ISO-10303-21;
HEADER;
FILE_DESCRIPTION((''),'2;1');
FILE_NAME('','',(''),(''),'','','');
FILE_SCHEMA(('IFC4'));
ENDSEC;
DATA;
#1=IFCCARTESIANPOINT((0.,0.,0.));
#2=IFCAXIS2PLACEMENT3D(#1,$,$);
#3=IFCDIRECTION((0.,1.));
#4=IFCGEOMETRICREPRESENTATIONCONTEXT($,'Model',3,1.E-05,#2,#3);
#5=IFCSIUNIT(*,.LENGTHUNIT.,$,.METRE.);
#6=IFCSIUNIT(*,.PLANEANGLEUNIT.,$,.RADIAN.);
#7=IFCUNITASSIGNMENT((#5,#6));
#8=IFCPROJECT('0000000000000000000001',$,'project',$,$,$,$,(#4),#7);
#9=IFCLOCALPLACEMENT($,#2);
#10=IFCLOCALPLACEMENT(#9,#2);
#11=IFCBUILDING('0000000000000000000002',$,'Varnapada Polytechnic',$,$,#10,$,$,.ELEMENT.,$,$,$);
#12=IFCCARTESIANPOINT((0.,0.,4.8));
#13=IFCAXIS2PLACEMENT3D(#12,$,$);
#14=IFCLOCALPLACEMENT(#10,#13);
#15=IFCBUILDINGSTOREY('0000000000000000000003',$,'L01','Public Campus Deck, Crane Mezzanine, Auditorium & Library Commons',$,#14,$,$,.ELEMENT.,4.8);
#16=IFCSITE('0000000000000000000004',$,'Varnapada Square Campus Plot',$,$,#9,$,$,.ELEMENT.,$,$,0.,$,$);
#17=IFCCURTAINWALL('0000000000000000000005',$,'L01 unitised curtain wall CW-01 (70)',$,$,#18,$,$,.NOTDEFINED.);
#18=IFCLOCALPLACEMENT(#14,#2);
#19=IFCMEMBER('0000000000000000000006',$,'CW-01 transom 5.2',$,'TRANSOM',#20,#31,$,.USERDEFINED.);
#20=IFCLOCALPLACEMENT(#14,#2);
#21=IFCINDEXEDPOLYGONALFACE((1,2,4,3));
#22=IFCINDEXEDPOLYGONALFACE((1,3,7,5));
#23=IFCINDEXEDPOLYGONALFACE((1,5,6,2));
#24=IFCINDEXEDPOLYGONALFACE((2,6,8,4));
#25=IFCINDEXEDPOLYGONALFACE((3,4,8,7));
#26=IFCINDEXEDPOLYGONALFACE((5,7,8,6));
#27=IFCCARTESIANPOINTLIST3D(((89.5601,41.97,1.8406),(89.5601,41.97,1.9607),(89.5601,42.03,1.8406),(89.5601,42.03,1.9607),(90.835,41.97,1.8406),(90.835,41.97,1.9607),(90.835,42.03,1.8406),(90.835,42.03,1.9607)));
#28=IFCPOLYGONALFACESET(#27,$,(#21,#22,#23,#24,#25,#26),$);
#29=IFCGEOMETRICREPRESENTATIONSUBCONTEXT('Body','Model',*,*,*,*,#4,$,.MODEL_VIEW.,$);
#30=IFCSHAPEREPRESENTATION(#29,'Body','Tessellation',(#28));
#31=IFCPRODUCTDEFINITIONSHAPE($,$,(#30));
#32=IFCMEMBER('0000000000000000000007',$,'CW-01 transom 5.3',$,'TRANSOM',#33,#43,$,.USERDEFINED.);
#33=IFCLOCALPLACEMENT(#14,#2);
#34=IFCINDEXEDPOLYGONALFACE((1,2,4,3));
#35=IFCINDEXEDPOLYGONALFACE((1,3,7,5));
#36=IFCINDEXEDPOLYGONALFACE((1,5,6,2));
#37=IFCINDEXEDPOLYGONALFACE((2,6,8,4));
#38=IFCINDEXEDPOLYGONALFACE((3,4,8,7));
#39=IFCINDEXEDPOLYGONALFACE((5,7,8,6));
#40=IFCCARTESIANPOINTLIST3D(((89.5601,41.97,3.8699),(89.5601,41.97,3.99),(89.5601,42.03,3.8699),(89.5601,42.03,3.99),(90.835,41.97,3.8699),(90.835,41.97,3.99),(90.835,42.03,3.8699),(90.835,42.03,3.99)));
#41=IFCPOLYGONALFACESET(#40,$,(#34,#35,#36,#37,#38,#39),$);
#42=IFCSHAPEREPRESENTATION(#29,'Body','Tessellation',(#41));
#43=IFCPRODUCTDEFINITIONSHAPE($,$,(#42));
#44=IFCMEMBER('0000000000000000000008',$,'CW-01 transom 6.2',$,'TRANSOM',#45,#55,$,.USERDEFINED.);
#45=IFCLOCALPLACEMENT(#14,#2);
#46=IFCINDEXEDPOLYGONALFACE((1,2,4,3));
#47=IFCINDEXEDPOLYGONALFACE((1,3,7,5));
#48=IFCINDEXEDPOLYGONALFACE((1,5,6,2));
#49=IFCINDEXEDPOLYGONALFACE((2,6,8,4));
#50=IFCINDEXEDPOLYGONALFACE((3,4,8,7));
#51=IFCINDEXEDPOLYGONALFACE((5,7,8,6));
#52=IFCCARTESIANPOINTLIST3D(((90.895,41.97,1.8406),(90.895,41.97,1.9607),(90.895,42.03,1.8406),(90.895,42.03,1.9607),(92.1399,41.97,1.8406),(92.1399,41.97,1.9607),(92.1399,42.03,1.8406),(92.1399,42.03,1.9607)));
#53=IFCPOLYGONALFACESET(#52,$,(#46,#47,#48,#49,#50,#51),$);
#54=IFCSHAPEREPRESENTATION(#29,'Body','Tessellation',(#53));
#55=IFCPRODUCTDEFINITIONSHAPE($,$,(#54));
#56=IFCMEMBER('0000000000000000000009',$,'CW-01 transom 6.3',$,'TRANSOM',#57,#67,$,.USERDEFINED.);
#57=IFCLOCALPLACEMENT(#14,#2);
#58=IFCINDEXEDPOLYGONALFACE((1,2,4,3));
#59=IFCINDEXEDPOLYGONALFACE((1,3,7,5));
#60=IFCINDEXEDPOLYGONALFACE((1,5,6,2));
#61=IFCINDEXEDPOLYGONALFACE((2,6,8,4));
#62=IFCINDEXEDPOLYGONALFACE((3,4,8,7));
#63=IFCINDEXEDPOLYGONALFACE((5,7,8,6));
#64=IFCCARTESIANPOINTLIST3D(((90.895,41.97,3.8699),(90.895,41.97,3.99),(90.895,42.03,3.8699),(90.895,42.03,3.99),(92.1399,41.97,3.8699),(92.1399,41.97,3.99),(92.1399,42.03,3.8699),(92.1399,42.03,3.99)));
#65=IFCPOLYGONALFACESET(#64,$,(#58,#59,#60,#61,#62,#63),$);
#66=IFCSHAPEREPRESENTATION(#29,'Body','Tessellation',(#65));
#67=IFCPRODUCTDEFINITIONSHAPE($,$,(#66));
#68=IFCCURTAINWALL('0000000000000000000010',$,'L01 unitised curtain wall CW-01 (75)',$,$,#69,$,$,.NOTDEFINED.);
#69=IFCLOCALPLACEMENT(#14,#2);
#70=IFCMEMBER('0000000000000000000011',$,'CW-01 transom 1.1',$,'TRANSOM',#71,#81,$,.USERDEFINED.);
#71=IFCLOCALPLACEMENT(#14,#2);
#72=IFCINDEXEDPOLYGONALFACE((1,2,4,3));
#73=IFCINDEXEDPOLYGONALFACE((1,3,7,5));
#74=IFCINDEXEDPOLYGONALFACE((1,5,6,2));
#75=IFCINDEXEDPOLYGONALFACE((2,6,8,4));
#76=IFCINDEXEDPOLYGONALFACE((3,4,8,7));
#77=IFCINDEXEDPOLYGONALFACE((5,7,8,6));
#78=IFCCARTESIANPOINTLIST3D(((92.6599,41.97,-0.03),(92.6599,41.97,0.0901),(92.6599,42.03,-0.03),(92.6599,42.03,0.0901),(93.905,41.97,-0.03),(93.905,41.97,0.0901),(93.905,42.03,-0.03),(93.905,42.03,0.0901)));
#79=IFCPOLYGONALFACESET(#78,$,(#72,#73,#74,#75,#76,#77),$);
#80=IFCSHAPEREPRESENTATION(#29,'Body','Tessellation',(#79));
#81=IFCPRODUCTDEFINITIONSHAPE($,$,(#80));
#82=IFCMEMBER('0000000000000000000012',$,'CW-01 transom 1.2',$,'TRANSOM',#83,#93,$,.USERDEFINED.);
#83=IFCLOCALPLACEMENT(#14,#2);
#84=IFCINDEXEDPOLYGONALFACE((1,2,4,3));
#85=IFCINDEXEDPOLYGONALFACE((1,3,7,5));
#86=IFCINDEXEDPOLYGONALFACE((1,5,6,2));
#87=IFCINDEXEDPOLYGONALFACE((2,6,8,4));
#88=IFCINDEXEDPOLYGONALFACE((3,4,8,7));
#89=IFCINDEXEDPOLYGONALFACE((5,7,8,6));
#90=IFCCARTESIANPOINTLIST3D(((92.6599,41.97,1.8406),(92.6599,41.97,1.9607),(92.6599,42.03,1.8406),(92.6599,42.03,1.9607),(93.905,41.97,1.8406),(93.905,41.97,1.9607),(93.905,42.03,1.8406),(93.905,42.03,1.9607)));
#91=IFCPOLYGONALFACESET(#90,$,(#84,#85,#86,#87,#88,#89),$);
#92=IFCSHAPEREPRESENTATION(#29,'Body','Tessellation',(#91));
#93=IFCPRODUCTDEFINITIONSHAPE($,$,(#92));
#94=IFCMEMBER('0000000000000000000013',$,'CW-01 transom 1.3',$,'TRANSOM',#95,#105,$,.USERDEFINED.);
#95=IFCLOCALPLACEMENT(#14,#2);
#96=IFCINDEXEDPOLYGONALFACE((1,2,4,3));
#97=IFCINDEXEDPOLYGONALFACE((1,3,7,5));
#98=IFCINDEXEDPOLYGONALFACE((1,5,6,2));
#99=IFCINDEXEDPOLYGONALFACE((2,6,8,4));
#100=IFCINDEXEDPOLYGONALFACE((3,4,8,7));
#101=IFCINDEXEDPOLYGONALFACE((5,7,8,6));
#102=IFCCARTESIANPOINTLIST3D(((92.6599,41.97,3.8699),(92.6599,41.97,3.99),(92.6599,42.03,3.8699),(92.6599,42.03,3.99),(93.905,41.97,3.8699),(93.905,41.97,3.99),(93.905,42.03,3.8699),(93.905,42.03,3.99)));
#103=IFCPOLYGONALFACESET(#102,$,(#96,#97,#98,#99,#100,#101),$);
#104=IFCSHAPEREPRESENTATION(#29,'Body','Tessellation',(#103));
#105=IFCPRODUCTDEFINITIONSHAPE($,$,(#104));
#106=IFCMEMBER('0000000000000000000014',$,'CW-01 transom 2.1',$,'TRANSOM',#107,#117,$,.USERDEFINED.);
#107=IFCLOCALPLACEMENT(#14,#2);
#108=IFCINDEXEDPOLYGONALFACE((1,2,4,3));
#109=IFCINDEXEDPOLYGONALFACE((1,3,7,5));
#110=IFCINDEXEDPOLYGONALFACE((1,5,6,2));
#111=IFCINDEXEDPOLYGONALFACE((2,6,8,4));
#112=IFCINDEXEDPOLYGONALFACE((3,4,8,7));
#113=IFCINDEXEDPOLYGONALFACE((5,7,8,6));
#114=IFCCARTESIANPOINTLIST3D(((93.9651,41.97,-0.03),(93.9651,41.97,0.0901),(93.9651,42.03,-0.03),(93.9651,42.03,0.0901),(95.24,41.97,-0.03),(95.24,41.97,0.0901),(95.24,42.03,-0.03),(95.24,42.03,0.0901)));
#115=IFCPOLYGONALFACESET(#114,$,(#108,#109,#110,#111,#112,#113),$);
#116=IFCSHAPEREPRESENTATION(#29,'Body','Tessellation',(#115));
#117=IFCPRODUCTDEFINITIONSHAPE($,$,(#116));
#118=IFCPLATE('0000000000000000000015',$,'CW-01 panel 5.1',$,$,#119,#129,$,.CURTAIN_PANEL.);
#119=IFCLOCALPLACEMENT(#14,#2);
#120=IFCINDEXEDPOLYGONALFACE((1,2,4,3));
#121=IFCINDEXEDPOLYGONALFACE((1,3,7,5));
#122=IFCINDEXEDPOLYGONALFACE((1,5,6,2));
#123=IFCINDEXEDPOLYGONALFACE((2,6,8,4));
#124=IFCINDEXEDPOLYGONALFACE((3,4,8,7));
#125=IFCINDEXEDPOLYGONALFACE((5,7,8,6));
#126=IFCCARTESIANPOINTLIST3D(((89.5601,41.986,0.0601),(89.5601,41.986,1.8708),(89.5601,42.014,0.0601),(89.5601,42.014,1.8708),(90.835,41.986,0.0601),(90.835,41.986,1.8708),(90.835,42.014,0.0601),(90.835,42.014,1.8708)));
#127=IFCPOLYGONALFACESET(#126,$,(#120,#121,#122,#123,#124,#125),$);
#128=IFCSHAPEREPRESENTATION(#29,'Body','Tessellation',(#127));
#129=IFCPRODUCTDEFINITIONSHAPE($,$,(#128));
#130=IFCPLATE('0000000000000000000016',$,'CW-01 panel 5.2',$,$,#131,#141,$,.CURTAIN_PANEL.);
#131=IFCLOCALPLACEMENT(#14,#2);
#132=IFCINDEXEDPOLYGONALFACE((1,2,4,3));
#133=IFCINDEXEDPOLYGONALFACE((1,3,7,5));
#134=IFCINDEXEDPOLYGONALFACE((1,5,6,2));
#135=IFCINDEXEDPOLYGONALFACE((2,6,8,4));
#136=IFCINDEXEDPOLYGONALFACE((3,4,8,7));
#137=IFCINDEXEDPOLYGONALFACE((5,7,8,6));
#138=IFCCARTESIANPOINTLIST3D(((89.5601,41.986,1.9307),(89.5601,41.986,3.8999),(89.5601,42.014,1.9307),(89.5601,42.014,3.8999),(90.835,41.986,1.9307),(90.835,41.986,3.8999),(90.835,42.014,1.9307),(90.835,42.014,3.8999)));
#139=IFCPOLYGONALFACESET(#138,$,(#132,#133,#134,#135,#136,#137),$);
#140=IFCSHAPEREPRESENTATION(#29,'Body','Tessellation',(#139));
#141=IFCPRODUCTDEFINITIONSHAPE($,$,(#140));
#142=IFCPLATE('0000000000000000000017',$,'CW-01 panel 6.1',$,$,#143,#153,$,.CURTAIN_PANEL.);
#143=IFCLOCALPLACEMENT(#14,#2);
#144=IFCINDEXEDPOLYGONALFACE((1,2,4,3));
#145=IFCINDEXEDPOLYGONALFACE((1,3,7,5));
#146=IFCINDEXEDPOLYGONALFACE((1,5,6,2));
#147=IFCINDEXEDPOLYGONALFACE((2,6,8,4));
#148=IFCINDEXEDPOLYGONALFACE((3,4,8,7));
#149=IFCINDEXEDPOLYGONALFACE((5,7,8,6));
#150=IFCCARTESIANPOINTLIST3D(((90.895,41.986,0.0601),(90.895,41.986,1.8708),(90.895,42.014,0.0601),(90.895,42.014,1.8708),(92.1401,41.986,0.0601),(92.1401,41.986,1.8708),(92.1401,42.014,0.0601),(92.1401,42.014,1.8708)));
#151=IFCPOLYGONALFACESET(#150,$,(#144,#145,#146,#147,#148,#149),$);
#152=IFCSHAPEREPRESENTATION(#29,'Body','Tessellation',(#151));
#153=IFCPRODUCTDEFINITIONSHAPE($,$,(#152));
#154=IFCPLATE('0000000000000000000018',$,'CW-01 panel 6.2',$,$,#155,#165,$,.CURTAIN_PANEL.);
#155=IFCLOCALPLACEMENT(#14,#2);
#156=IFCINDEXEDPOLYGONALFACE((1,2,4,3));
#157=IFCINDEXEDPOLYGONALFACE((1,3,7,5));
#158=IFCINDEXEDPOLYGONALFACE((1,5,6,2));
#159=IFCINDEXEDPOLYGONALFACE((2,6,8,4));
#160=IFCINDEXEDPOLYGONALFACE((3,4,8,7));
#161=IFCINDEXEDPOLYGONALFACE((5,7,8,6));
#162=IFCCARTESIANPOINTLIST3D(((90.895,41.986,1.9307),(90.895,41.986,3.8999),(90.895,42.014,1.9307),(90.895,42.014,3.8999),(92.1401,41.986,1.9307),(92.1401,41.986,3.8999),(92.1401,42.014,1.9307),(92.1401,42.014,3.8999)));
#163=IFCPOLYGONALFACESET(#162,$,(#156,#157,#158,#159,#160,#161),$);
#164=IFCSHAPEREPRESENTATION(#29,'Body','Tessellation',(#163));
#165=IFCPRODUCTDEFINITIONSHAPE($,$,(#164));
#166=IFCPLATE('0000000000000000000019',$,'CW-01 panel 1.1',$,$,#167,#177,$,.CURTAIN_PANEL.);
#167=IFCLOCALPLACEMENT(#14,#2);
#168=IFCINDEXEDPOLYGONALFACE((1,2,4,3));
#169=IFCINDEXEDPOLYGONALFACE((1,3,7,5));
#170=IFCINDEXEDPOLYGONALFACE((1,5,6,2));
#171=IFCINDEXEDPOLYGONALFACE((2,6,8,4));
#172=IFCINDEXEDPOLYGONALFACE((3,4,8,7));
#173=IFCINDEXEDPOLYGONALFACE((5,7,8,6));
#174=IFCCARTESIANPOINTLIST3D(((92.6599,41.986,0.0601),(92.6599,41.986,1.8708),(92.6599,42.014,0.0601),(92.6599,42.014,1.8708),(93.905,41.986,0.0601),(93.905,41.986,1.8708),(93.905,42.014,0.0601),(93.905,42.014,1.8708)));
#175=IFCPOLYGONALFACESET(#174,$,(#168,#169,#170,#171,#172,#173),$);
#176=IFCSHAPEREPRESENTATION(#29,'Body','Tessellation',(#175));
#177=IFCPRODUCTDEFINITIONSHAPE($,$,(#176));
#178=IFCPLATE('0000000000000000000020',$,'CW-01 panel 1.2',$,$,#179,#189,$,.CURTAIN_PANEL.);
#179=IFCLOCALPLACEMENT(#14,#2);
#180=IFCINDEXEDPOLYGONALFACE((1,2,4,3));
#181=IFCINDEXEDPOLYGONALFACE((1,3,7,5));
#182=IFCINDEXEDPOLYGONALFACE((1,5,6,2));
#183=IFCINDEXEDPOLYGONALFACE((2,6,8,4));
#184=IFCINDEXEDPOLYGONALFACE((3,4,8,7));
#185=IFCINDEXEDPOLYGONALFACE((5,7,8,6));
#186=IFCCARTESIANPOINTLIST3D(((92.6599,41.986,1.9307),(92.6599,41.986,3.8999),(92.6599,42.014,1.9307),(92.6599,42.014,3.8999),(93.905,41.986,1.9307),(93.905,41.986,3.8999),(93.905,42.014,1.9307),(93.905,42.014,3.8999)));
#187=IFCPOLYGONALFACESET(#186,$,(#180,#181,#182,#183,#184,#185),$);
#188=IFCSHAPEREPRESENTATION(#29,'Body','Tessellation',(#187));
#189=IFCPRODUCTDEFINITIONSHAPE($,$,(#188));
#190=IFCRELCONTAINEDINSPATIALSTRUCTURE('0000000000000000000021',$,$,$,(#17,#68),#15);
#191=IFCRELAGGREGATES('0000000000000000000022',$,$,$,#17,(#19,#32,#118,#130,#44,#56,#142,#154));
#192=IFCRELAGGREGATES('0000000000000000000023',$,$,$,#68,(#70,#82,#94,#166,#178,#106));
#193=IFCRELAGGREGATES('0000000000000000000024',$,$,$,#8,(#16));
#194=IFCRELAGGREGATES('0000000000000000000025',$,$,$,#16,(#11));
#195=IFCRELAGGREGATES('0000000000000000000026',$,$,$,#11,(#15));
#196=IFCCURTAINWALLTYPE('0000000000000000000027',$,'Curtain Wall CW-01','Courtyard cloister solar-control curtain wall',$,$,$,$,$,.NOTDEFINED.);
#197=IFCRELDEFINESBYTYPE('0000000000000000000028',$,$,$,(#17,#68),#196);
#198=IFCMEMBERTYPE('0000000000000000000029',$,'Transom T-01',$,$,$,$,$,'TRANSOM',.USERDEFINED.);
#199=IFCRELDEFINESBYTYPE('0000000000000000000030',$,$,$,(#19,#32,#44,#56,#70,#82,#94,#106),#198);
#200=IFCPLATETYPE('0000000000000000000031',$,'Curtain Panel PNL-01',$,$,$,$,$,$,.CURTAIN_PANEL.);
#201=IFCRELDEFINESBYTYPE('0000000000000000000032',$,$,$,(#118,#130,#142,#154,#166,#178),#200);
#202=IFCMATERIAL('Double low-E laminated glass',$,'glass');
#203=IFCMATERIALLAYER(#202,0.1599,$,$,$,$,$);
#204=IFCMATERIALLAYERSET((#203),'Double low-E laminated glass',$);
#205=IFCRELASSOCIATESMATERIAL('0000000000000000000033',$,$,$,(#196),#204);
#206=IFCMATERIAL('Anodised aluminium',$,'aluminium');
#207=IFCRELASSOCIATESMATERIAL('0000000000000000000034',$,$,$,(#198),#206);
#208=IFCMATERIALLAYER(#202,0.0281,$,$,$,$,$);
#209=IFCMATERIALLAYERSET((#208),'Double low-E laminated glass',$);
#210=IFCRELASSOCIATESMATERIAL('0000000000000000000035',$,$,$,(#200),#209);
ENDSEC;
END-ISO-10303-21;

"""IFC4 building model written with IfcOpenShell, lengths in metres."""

from ifc_helpers import new_model, si_unit, direction, frame, origin, origin_2d, place, context, subcontext, project, spatial, rectangle, extrude, material, layer, layer_set, material_profile, profile_set, type_object, element, aggregate, save


model = new_model("IFC4")

# Units and contexts
model_context = context("Model", 3, precision=1e-05, world=origin(), true_north=direction((0.0, 1.0)))
body_context = subcontext(model_context, "Body", "Model", "MODEL_VIEW")
ifc_project = project(units=[si_unit("LENGTHUNIT", "METRE"), si_unit("PLANEANGLEUNIT", "RADIAN")], contexts=[model_context])

# Site, building, storey
site_placement = place(None, origin())
site = spatial("IfcSite", under=ifc_project, at=site_placement, Name="Varnapada Square Campus Plot", CompositionType="ELEMENT", RefElevation=0.0)
building_placement = place(site_placement, origin())
building = spatial("IfcBuilding", under=site, at=building_placement, Name="Varnapada Polytechnic", CompositionType="ELEMENT")
storey_placement = place(building_placement, frame((0.0, 0.0, 4.8)))
storey = spatial("IfcBuildingStorey", under=building, at=storey_placement, Name="L01", Description="Public Campus Deck, Crane Mezzanine, Auditorium & Library Commons", CompositionType="ELEMENT", Elevation=4.8)

# Curtain walls, members
ifc_material_1 = material(Name="Double low-E laminated glass", Category="glass")
ifc_layer_1 = layer(ifc_material_1, 0.1599)
ifc_layer_set_1 = layer_set([ifc_layer_1], Name="Double low-E laminated glass")
curtain_wall_type = type_object("IfcCurtainWallType", Name="Curtain Wall CW-01", Description="Courtyard cloister solar-control curtain wall", PredefinedType="NOTDEFINED", material=ifc_layer_set_1)
curtain_wall_1_placement = place(storey_placement, origin())
curtain_wall_1 = element("IfcCurtainWall", 1, at=curtain_wall_1_placement, inside=storey, type_object=curtain_wall_type, Name="L01 unitised curtain wall CW-01 (70)", PredefinedType="NOTDEFINED")
ifc_material_2 = material(Name="Anodised aluminium", Category="aluminium")
ifc_material_profile = material_profile(ifc_material_2, rectangle(XDim=0.0601, YDim=0.1201, at=origin_2d()), Name="ALU T60x120")
ifc_profile_set = profile_set([ifc_material_profile], Name="Anodised aluminium")
member_type = type_object("IfcMemberType", Name="Transom T-01", ElementType="TRANSOM", PredefinedType="USERDEFINED", material=ifc_profile_set)
member_1_placement = place(storey_placement, frame((89.5601, 42.0, 1.9006), z_axis=(1.0, 0.0, 0.0), x_axis=(0.0, 1.0, 0.0)))
member_1 = element("IfcMember", 2, at=member_1_placement, type_object=member_type, Name="CW-01 transom 5.2", ObjectType="TRANSOM", PredefinedType="USERDEFINED", context=body_context, shape_type="SweptSolid", body=[
    extrude(rectangle(XDim=0.0601, YDim=0.1201, at=origin_2d()), origin(), (0.0, 0.0, 1.0), 1.2749),
])
member_2_placement = place(storey_placement, frame((89.5601, 42.0, 3.9299), z_axis=(1.0, 0.0, 0.0), x_axis=(0.0, 1.0, 0.0)))
member_2 = element("IfcMember", 3, at=member_2_placement, type_object=member_type, Name="CW-01 transom 5.3", ObjectType="TRANSOM", PredefinedType="USERDEFINED", context=body_context, shape_type="SweptSolid", body=[
    extrude(rectangle(XDim=0.0601, YDim=0.1201, at=origin_2d()), origin(), (0.0, 0.0, 1.0), 1.2749),
])
member_3_placement = place(storey_placement, frame((90.895, 42.0, 1.9006), z_axis=(1.0, 0.0, 0.0), x_axis=(0.0, 1.0, 0.0)))
member_3 = element("IfcMember", 4, at=member_3_placement, type_object=member_type, Name="CW-01 transom 6.2", ObjectType="TRANSOM", PredefinedType="USERDEFINED", context=body_context, shape_type="SweptSolid", body=[
    extrude(rectangle(XDim=0.0601, YDim=0.1201, at=origin_2d()), origin(), (0.0, 0.0, 1.0), 1.2449),
])
member_4_placement = place(storey_placement, frame((90.895, 42.0, 3.9299), z_axis=(1.0, 0.0, 0.0), x_axis=(0.0, 1.0, 0.0)))
member_4 = element("IfcMember", 5, at=member_4_placement, type_object=member_type, Name="CW-01 transom 6.3", ObjectType="TRANSOM", PredefinedType="USERDEFINED", context=body_context, shape_type="SweptSolid", body=[
    extrude(rectangle(XDim=0.0601, YDim=0.1201, at=origin_2d()), origin(), (0.0, 0.0, 1.0), 1.2449),
])
curtain_wall_2_placement = place(storey_placement, origin())
curtain_wall_2 = element("IfcCurtainWall", 6, at=curtain_wall_2_placement, inside=storey, type_object=curtain_wall_type, Name="L01 unitised curtain wall CW-01 (75)", PredefinedType="NOTDEFINED")
member_5_placement = place(storey_placement, frame((92.6599, 42.0, 0.03), z_axis=(1.0, 0.0, 0.0), x_axis=(0.0, 1.0, 0.0)))
member_5 = element("IfcMember", 7, at=member_5_placement, type_object=member_type, Name="CW-01 transom 1.1", ObjectType="TRANSOM", PredefinedType="USERDEFINED", context=body_context, shape_type="SweptSolid", body=[
    extrude(rectangle(XDim=0.0601, YDim=0.1201, at=origin_2d()), origin(), (0.0, 0.0, 1.0), 1.2451),
])
member_6_placement = place(storey_placement, frame((92.6599, 42.0, 1.9006), z_axis=(1.0, 0.0, 0.0), x_axis=(0.0, 1.0, 0.0)))
member_6 = element("IfcMember", 8, at=member_6_placement, type_object=member_type, Name="CW-01 transom 1.2", ObjectType="TRANSOM", PredefinedType="USERDEFINED", context=body_context, shape_type="SweptSolid", body=[
    extrude(rectangle(XDim=0.0601, YDim=0.1201, at=origin_2d()), origin(), (0.0, 0.0, 1.0), 1.2451),
])
member_7_placement = place(storey_placement, frame((92.6599, 42.0, 3.9299), z_axis=(1.0, 0.0, 0.0), x_axis=(0.0, 1.0, 0.0)))
member_7 = element("IfcMember", 9, at=member_7_placement, type_object=member_type, Name="CW-01 transom 1.3", ObjectType="TRANSOM", PredefinedType="USERDEFINED", context=body_context, shape_type="SweptSolid", body=[
    extrude(rectangle(XDim=0.0601, YDim=0.1201, at=origin_2d()), origin(), (0.0, 0.0, 1.0), 1.2451),
])
member_8_placement = place(storey_placement, frame((93.9651, 42.0, 0.03), z_axis=(1.0, 0.0, 0.0), x_axis=(0.0, 1.0, 0.0)))
member_8 = element("IfcMember", 10, at=member_8_placement, type_object=member_type, Name="CW-01 transom 2.1", ObjectType="TRANSOM", PredefinedType="USERDEFINED", context=body_context, shape_type="SweptSolid", body=[
    extrude(rectangle(XDim=0.0601, YDim=0.1201, at=origin_2d()), origin(), (0.0, 0.0, 1.0), 1.2749),
])

# Plates
ifc_layer_2 = layer(ifc_material_1, 0.0281)
ifc_layer_set_2 = layer_set([ifc_layer_2], Name="Double low-E laminated glass")
plate_type = type_object("IfcPlateType", Name="Curtain Panel PNL-01", PredefinedType="CURTAIN_PANEL", material=ifc_layer_set_2)
plate_1_placement = place(storey_placement, frame((90.1975, 42.0, 0.0601), z_axis=(0.0, 0.0, 1.0), x_axis=(1.0, 0.0, 0.0)))
plate_1 = element("IfcPlate", 11, at=plate_1_placement, type_object=plate_type, Name="CW-01 panel 5.1", PredefinedType="CURTAIN_PANEL", context=body_context, shape_type="SweptSolid", body=[
    extrude(rectangle(XDim=1.2749, YDim=0.0281, at=origin_2d()), origin(), (0.0, 0.0, 1.0), 1.8108),
])
plate_2_placement = place(storey_placement, frame((90.1975, 42.0, 1.9307), z_axis=(0.0, 0.0, 1.0), x_axis=(1.0, 0.0, 0.0)))
plate_2 = element("IfcPlate", 12, at=plate_2_placement, type_object=plate_type, Name="CW-01 panel 5.2", PredefinedType="CURTAIN_PANEL", context=body_context, shape_type="SweptSolid", body=[
    extrude(rectangle(XDim=1.2749, YDim=0.0281, at=origin_2d()), origin(), (0.0, 0.0, 1.0), 1.9692),
])
plate_3_placement = place(storey_placement, frame((91.5176, 42.0, 0.0601), z_axis=(0.0, 0.0, 1.0), x_axis=(1.0, 0.0, 0.0)))
plate_3 = element("IfcPlate", 13, at=plate_3_placement, type_object=plate_type, Name="CW-01 panel 6.1", PredefinedType="CURTAIN_PANEL", context=body_context, shape_type="SweptSolid", body=[
    extrude(rectangle(XDim=1.2451, YDim=0.0281, at=origin_2d()), origin(), (0.0, 0.0, 1.0), 1.8108),
])
plate_4_placement = place(storey_placement, frame((91.5176, 42.0, 1.9307), z_axis=(0.0, 0.0, 1.0), x_axis=(1.0, 0.0, 0.0)))
plate_4 = element("IfcPlate", 14, at=plate_4_placement, type_object=plate_type, Name="CW-01 panel 6.2", PredefinedType="CURTAIN_PANEL", context=body_context, shape_type="SweptSolid", body=[
    extrude(rectangle(XDim=1.2451, YDim=0.0281, at=origin_2d()), origin(), (0.0, 0.0, 1.0), 1.9692),
])
aggregate(curtain_wall_1, [member_1, member_2, plate_1, plate_2, member_3, member_4, plate_3, plate_4])
plate_5_placement = place(storey_placement, frame((93.2825, 42.0, 0.0601), z_axis=(0.0, 0.0, 1.0), x_axis=(1.0, 0.0, 0.0)))
plate_5 = element("IfcPlate", 15, at=plate_5_placement, type_object=plate_type, Name="CW-01 panel 1.1", PredefinedType="CURTAIN_PANEL", context=body_context, shape_type="SweptSolid", body=[
    extrude(rectangle(XDim=1.2451, YDim=0.0281, at=origin_2d()), origin(), (0.0, 0.0, 1.0), 1.8108),
])
plate_6_placement = place(storey_placement, frame((93.2825, 42.0, 1.9307), z_axis=(0.0, 0.0, 1.0), x_axis=(1.0, 0.0, 0.0)))
plate_6 = element("IfcPlate", 16, at=plate_6_placement, type_object=plate_type, Name="CW-01 panel 1.2", PredefinedType="CURTAIN_PANEL", context=body_context, shape_type="SweptSolid", body=[
    extrude(rectangle(XDim=1.2451, YDim=0.0281, at=origin_2d()), origin(), (0.0, 0.0, 1.0), 1.9692),
])
aggregate(curtain_wall_2, [member_5, member_6, member_7, plate_5, plate_6, member_8])

save(model, "model.ifc")
